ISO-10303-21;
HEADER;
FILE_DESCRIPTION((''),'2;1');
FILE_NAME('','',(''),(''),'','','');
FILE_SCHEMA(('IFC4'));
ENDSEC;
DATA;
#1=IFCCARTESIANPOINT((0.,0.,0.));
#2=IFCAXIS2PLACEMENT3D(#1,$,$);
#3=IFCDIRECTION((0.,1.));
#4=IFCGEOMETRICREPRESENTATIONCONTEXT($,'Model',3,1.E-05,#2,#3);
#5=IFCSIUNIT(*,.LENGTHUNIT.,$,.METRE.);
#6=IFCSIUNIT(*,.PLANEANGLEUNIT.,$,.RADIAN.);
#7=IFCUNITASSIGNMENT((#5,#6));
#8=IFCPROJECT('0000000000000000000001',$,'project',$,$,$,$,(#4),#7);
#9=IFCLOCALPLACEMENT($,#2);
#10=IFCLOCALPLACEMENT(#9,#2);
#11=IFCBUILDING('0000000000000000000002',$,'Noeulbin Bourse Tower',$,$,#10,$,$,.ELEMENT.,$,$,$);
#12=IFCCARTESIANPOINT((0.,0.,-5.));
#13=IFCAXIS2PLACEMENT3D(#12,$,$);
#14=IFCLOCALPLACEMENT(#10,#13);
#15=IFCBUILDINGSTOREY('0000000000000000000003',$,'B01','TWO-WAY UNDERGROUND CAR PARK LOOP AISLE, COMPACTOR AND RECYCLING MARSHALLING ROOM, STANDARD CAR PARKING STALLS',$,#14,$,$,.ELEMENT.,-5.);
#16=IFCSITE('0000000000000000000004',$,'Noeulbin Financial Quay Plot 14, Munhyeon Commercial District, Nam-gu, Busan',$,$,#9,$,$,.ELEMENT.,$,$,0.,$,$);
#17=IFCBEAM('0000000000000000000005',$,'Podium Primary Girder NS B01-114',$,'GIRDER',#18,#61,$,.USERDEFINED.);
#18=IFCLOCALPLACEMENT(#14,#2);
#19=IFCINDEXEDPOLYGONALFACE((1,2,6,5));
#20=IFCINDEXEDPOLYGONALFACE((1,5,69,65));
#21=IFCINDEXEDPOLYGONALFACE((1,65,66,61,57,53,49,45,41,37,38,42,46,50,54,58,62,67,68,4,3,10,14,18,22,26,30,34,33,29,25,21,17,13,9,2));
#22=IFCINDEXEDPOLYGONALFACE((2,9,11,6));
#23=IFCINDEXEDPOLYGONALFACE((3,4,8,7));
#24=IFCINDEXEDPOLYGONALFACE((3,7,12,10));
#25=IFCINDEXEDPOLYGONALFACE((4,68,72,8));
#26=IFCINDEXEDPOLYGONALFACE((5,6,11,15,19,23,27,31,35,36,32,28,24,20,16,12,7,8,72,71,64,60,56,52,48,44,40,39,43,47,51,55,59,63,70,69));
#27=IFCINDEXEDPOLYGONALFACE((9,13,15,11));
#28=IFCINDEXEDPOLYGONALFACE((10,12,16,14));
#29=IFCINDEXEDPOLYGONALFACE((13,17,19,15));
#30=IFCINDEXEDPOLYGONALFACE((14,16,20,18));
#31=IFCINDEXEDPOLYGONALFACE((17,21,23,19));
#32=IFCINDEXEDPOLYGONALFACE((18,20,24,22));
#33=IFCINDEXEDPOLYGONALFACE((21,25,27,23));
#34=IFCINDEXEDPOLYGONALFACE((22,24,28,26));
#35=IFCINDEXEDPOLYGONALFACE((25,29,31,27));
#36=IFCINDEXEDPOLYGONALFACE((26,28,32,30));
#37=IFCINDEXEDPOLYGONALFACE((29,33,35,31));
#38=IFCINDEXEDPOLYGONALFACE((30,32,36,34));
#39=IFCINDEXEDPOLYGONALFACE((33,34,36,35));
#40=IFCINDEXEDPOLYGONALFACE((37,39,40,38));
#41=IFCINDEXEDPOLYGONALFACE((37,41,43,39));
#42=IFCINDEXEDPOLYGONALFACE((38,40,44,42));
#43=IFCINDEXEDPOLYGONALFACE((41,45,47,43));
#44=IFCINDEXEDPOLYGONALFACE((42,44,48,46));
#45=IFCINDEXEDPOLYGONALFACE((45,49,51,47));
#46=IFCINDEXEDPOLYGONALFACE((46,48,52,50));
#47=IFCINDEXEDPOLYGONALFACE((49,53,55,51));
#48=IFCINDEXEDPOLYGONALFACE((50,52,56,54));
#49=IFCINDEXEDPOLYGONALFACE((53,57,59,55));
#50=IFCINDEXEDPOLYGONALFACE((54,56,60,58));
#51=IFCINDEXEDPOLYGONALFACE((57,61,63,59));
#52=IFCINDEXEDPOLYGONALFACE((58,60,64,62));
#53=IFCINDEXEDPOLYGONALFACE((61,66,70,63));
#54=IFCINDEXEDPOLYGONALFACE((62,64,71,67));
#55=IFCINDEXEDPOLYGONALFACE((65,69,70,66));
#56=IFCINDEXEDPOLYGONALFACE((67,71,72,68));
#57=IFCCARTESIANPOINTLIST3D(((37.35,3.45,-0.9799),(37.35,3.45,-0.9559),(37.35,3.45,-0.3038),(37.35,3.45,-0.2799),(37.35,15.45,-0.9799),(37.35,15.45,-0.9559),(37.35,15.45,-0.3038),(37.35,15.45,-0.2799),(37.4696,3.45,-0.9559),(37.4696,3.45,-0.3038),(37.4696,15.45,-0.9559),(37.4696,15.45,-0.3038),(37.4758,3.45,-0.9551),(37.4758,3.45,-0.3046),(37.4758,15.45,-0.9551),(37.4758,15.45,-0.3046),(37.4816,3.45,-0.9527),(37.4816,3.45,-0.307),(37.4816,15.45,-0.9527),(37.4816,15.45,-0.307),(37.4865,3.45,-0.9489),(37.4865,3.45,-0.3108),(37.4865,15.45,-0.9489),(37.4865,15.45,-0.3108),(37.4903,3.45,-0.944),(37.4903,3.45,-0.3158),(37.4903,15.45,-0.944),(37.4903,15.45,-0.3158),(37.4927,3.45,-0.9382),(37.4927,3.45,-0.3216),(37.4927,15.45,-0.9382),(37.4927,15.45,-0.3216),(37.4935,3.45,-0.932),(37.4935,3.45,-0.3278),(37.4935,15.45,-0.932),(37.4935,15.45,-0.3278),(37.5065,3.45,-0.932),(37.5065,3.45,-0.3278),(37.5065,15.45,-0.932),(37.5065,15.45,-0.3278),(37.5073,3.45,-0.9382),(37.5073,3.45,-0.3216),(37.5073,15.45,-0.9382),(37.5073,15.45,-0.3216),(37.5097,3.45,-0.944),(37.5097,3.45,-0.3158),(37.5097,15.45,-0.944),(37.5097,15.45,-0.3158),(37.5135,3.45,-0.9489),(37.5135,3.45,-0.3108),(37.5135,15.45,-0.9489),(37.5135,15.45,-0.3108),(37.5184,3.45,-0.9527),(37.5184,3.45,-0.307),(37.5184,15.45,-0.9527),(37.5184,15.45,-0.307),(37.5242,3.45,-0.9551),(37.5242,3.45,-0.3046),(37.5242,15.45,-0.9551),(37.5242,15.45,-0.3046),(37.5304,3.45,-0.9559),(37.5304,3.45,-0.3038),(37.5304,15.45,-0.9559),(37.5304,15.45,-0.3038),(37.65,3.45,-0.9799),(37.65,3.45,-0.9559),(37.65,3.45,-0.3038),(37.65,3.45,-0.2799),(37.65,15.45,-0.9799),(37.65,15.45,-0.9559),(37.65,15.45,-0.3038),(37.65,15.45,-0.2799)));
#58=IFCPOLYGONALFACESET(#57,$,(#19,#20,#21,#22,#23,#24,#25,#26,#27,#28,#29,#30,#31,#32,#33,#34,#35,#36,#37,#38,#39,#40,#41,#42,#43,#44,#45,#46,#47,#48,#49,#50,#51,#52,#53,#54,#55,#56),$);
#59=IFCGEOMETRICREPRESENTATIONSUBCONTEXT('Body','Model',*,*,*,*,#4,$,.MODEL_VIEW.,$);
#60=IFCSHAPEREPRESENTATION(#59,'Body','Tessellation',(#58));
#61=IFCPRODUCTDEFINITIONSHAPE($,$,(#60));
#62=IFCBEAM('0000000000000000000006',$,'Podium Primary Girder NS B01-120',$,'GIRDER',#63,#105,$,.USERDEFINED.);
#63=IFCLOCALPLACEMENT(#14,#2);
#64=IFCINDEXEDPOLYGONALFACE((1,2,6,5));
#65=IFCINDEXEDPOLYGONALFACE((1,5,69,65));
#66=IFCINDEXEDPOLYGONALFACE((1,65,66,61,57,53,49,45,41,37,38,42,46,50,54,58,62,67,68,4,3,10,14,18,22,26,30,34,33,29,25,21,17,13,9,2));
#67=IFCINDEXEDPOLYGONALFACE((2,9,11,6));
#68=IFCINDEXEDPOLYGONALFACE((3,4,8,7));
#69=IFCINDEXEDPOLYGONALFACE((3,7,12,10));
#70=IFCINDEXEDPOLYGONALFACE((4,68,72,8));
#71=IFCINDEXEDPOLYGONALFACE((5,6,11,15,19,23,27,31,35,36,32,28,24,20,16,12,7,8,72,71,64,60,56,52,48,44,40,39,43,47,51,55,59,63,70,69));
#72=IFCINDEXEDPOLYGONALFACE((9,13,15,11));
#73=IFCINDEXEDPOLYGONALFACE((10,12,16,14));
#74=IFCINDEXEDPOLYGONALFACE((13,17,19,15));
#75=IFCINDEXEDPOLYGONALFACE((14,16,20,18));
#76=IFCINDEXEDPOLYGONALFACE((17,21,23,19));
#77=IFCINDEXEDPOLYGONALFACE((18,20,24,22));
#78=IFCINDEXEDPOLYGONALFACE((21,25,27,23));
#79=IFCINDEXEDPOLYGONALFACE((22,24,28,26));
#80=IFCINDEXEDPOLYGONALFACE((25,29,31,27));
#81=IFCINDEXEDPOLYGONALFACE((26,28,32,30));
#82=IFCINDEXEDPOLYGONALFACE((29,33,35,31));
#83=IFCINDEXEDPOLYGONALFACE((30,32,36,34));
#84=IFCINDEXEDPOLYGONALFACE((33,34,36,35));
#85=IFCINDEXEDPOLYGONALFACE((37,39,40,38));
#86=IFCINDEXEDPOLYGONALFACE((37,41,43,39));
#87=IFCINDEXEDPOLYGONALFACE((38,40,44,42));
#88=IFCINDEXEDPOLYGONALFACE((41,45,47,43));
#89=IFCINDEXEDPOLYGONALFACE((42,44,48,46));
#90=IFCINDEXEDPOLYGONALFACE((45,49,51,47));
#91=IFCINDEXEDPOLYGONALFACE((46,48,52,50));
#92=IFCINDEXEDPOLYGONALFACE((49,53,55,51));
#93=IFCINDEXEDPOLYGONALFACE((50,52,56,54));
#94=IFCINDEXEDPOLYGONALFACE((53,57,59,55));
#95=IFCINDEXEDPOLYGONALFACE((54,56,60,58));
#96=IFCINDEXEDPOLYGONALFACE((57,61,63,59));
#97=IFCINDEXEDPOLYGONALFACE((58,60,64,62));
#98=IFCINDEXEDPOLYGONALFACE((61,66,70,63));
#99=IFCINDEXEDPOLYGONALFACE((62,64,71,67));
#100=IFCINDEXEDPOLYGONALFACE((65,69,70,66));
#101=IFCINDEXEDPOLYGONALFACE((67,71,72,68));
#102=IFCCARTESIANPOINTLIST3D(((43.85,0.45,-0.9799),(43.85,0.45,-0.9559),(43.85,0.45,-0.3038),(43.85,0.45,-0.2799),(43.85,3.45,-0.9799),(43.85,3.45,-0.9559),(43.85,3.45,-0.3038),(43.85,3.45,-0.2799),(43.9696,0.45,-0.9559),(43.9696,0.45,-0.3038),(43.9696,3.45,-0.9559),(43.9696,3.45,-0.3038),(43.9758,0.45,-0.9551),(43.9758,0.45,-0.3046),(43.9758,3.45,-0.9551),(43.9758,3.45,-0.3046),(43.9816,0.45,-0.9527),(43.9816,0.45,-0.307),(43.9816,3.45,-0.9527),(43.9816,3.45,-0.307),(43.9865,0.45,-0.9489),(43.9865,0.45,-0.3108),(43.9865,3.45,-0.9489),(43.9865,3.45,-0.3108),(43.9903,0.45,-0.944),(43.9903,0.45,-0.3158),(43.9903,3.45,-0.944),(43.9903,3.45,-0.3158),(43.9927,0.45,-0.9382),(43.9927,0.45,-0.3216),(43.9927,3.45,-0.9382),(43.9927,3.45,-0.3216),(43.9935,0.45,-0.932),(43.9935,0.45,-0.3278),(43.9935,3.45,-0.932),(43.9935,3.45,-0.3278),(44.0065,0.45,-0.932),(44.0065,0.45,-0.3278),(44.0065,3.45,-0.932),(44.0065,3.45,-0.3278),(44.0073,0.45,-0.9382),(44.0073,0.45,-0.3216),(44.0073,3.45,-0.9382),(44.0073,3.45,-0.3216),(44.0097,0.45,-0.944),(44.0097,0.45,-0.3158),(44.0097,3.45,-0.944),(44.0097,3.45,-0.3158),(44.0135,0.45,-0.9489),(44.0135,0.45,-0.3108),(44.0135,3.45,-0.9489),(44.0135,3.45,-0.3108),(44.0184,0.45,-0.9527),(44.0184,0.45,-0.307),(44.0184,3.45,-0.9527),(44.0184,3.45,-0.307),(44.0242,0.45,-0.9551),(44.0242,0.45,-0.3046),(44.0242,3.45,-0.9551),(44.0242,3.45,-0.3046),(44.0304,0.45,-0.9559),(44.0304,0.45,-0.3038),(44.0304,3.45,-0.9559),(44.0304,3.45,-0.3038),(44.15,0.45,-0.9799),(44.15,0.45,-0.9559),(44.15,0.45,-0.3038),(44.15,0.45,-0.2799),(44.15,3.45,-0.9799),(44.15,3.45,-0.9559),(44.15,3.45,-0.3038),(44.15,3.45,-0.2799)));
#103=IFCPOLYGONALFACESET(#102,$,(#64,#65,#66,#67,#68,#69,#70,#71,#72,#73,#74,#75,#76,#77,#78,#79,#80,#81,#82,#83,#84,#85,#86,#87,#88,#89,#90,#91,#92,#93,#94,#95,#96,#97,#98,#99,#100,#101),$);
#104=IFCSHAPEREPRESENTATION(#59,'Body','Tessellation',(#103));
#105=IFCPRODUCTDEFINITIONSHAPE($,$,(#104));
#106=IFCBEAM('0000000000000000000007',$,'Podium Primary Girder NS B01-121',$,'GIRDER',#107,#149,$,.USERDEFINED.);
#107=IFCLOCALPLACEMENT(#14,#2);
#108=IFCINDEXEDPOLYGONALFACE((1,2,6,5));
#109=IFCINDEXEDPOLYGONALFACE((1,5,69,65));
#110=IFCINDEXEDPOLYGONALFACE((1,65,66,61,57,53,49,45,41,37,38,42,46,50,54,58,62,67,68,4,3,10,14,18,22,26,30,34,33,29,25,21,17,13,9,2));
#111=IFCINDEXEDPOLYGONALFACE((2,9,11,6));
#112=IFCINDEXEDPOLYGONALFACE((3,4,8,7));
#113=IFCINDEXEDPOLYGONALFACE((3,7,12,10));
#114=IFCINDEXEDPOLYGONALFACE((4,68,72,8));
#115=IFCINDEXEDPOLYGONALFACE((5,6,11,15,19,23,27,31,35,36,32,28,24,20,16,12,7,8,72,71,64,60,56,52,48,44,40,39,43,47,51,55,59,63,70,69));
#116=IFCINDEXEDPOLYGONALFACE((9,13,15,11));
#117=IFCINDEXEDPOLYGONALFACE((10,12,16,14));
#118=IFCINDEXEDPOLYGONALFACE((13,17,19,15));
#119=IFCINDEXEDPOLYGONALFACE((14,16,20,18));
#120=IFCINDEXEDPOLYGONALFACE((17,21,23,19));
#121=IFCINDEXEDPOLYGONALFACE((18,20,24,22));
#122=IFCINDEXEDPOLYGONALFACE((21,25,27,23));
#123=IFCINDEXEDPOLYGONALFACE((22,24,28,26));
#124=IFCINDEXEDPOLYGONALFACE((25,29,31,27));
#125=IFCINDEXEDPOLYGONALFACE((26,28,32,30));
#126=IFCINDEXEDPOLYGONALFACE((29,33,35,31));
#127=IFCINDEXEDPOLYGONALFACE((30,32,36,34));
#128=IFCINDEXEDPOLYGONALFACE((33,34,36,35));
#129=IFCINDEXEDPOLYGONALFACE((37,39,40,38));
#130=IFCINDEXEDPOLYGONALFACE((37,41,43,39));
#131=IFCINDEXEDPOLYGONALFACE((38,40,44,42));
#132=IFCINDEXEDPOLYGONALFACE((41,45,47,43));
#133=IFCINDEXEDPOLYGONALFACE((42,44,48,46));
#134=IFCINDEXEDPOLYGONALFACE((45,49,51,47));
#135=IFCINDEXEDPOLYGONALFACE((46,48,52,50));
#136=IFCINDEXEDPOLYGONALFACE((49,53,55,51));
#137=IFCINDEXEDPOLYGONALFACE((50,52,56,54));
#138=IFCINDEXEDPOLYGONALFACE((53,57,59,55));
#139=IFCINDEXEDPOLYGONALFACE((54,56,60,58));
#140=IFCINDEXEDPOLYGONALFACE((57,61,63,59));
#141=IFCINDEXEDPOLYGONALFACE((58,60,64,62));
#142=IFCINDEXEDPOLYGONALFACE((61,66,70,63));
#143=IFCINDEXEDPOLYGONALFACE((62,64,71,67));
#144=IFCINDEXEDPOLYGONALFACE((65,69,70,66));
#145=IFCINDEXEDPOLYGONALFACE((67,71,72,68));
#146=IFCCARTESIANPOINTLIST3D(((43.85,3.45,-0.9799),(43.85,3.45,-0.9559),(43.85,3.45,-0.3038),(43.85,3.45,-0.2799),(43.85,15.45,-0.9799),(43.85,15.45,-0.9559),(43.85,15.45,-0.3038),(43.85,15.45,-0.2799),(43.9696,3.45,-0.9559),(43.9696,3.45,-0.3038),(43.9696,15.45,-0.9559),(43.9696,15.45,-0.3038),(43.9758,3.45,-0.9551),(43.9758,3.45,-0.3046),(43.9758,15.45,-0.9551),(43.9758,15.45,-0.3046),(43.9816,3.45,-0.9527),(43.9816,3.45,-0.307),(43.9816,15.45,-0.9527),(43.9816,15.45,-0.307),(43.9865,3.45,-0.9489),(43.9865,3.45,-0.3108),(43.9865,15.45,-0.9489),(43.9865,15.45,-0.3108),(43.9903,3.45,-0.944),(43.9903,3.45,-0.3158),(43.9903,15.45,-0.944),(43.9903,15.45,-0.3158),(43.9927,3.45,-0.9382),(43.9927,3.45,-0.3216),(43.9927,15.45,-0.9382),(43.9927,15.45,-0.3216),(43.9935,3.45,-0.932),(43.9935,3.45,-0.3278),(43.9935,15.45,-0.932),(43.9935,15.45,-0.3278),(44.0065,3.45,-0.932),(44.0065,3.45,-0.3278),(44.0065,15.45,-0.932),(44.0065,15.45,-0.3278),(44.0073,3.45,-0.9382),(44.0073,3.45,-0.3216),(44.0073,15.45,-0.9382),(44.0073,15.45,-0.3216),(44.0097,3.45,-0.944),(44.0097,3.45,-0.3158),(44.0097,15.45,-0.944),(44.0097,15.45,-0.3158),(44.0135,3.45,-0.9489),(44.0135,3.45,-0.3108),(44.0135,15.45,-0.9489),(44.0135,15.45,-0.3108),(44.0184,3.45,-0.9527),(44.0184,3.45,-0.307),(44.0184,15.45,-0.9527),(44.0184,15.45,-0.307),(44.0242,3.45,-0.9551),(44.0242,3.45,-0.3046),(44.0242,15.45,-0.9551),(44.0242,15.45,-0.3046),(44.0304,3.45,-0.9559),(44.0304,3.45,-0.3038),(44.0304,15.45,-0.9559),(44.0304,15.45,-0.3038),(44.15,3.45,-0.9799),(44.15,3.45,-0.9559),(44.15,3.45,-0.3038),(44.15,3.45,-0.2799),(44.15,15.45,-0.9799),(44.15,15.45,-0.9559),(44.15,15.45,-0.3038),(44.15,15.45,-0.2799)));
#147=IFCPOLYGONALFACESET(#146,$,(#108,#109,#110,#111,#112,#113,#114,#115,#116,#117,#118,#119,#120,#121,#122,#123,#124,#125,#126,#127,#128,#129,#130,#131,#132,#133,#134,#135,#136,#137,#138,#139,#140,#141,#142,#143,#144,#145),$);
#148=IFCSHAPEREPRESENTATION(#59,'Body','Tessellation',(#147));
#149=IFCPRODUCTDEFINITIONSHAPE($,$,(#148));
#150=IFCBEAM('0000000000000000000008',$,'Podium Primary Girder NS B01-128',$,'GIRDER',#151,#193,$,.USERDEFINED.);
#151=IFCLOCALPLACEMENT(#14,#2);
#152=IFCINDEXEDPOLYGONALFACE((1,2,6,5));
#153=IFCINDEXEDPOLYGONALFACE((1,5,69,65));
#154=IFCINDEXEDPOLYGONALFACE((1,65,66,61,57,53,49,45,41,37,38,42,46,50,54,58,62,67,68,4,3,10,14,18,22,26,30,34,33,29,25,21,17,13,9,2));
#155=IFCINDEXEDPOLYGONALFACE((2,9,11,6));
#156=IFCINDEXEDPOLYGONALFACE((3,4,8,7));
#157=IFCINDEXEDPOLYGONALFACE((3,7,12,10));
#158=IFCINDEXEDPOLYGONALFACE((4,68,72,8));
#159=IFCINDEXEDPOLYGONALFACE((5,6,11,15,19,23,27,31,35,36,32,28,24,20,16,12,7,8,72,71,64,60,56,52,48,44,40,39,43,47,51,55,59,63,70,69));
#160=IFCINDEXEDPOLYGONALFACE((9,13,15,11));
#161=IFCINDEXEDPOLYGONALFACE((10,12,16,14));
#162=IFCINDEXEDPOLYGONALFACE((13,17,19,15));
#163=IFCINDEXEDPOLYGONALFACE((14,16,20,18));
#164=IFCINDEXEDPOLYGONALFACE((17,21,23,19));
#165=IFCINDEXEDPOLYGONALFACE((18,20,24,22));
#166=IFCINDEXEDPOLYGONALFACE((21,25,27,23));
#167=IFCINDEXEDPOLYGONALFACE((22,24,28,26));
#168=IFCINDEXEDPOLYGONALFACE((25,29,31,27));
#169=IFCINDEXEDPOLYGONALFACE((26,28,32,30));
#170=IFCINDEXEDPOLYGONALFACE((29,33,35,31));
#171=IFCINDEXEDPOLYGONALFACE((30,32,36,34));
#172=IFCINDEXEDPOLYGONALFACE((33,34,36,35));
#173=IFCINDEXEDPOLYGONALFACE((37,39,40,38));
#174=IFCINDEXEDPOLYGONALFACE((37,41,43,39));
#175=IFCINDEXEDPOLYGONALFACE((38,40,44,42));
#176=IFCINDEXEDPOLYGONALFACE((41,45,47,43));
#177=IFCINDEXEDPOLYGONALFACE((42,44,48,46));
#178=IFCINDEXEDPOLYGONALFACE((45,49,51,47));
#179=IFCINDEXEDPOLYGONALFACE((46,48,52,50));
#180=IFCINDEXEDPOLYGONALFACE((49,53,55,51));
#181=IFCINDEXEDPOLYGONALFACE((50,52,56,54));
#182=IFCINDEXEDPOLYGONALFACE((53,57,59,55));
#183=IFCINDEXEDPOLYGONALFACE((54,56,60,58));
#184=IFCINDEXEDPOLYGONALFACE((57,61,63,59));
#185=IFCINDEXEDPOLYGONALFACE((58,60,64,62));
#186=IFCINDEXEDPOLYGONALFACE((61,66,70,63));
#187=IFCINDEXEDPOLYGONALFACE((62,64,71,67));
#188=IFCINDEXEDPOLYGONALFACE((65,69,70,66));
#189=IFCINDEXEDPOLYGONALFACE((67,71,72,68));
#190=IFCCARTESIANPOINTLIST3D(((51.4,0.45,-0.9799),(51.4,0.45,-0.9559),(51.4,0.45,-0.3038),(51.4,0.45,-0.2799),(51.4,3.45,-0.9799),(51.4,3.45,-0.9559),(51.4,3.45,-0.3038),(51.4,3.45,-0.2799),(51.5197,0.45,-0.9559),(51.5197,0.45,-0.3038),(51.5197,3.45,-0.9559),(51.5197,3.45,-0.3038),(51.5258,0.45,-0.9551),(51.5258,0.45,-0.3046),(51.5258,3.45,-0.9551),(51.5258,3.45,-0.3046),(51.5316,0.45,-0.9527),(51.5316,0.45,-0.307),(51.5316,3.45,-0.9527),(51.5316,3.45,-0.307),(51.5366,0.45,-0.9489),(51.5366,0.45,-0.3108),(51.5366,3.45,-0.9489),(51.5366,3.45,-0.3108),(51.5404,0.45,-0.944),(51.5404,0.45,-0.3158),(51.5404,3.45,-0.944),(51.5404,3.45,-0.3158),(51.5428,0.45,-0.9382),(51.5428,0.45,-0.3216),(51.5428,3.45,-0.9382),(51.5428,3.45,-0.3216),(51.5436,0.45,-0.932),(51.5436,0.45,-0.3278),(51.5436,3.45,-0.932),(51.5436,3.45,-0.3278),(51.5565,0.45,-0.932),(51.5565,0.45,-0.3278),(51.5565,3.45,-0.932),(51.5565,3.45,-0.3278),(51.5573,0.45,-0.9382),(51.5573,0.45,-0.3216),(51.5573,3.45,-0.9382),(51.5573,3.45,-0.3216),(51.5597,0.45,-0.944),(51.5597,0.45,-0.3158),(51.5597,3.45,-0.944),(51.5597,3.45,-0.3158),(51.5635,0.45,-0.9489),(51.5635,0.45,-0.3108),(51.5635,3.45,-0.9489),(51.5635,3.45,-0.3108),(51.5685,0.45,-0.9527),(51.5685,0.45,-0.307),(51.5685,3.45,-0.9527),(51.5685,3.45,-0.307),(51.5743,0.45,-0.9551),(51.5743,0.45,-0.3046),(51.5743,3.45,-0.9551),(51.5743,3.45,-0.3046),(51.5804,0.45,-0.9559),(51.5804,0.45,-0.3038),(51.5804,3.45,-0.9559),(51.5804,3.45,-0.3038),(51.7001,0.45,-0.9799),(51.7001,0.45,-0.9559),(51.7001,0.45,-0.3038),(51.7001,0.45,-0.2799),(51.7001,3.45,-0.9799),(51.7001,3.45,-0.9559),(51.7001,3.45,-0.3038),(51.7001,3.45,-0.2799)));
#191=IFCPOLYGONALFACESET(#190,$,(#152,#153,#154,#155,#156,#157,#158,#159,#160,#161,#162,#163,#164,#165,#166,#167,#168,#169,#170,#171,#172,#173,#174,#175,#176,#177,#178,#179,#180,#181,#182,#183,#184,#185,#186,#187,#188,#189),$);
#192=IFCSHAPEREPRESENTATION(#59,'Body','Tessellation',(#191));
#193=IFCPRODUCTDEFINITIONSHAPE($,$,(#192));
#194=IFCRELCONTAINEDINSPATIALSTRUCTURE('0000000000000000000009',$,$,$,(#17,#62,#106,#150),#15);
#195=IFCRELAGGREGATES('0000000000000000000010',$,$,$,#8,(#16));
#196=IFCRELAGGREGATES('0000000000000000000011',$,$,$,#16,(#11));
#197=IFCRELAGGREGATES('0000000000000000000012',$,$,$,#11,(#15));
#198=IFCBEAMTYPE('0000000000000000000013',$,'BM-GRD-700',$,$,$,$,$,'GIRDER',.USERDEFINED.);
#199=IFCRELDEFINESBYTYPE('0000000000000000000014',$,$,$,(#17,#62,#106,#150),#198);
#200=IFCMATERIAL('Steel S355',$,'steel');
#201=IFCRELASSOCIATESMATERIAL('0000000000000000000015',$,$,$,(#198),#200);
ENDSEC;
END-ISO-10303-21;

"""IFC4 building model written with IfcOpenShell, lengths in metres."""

from ifc_helpers import new_model, si_unit, direction, frame, origin, origin_2d, place, context, subcontext, project, spatial, i_section, extrude, material, material_profile, profile_set, type_object, element, save


model = new_model("IFC4")

# Units and contexts
model_context = context("Model", 3, precision=1e-05, world=origin(), true_north=direction((0.0, 1.0)))
body_context = subcontext(model_context, "Body", "Model", "MODEL_VIEW")
ifc_project = project(units=[si_unit("LENGTHUNIT", "METRE"), si_unit("PLANEANGLEUNIT", "RADIAN")], contexts=[model_context])

# Site, building, storey
site_placement = place(None, origin())
site = spatial("IfcSite", under=ifc_project, at=site_placement, Name="Noeulbin Financial Quay Plot 14, Munhyeon Commercial District, Nam-gu, Busan", CompositionType="ELEMENT", RefElevation=0.0)
building_placement = place(site_placement, origin())
building = spatial("IfcBuilding", under=site, at=building_placement, Name="Noeulbin Bourse Tower", CompositionType="ELEMENT")
storey_placement = place(building_placement, frame((0.0, 0.0, -5.0)))
storey = spatial("IfcBuildingStorey", under=building, at=storey_placement, Name="B01", Description="TWO-WAY UNDERGROUND CAR PARK LOOP AISLE, COMPACTOR AND RECYCLING MARSHALLING ROOM, STANDARD CAR PARKING STALLS", CompositionType="ELEMENT", Elevation=-5.0)

# Beams
ifc_material_1 = material(Name="Steel S355", Category="steel")
ifc_material_profile_1 = material_profile(ifc_material_1, i_section(OverallWidth=0.3, OverallDepth=0.7, WebThickness=0.0129, FlangeThickness=0.0239, FilletRadius=0.0239, at=origin_2d()), Name="H-700x300x13x24", Category="LoadBearing")
ifc_profile_set_1 = profile_set([ifc_material_profile_1], Name="Steel S355")
beam_type_1 = type_object("IfcBeamType", Name="BM-GRD-700", ElementType="GIRDER", PredefinedType="USERDEFINED", material=ifc_profile_set_1)
beam_1_placement = place(storey_placement, frame((37.5, 3.45, -0.6299), z_axis=(0.0, 1.0, 0.0), x_axis=(-1.0, 0.0, 0.0)))
element("IfcBeam", 1, at=beam_1_placement, inside=storey, type_object=beam_type_1, Name="Podium Primary Girder NS B01-114", ObjectType="GIRDER", PredefinedType="USERDEFINED", context=body_context, shape_type="SweptSolid", body=[
    extrude(i_section(OverallWidth=0.3, OverallDepth=0.7, WebThickness=0.0129, FlangeThickness=0.0239, FilletRadius=0.0239, at=origin_2d()), origin(), (0.0, 0.0, 1.0), 12.0),
])
beam_2_placement = place(storey_placement, frame((44.0, 0.45, -0.6299), z_axis=(0.0, 1.0, 0.0), x_axis=(-1.0, 0.0, 0.0)))
element("IfcBeam", 2, at=beam_2_placement, inside=storey, type_object=beam_type_1, Name="Podium Primary Girder NS B01-120", ObjectType="GIRDER", PredefinedType="USERDEFINED", context=body_context, shape_type="SweptSolid", body=[
    extrude(i_section(OverallWidth=0.3, OverallDepth=0.7, WebThickness=0.0129, FlangeThickness=0.0239, FilletRadius=0.0239, at=origin_2d()), origin(), (0.0, 0.0, 1.0), 3.0),
])
beam_3_placement = place(storey_placement, frame((44.0, 3.45, -0.6299), z_axis=(0.0, 1.0, 0.0), x_axis=(-1.0, 0.0, 0.0)))
element("IfcBeam", 3, at=beam_3_placement, inside=storey, type_object=beam_type_1, Name="Podium Primary Girder NS B01-121", ObjectType="GIRDER", PredefinedType="USERDEFINED", context=body_context, shape_type="SweptSolid", body=[
    extrude(i_section(OverallWidth=0.3, OverallDepth=0.7, WebThickness=0.0129, FlangeThickness=0.0239, FilletRadius=0.0239, at=origin_2d()), origin(), (0.0, 0.0, 1.0), 12.0),
])
beam_4_placement = place(storey_placement, frame((51.55, 0.45, -0.6299), z_axis=(0.0, 1.0, 0.0), x_axis=(-1.0, 0.0, 0.0)))
element("IfcBeam", 4, at=beam_4_placement, inside=storey, type_object=beam_type_1, Name="Podium Primary Girder NS B01-128", ObjectType="GIRDER", PredefinedType="USERDEFINED", context=body_context, shape_type="SweptSolid", body=[
    extrude(i_section(OverallWidth=0.3, OverallDepth=0.7, WebThickness=0.0129, FlangeThickness=0.0239, FilletRadius=0.0239, at=origin_2d()), origin(), (0.0, 0.0, 1.0), 3.0),
])

save(model, "model.ifc")
